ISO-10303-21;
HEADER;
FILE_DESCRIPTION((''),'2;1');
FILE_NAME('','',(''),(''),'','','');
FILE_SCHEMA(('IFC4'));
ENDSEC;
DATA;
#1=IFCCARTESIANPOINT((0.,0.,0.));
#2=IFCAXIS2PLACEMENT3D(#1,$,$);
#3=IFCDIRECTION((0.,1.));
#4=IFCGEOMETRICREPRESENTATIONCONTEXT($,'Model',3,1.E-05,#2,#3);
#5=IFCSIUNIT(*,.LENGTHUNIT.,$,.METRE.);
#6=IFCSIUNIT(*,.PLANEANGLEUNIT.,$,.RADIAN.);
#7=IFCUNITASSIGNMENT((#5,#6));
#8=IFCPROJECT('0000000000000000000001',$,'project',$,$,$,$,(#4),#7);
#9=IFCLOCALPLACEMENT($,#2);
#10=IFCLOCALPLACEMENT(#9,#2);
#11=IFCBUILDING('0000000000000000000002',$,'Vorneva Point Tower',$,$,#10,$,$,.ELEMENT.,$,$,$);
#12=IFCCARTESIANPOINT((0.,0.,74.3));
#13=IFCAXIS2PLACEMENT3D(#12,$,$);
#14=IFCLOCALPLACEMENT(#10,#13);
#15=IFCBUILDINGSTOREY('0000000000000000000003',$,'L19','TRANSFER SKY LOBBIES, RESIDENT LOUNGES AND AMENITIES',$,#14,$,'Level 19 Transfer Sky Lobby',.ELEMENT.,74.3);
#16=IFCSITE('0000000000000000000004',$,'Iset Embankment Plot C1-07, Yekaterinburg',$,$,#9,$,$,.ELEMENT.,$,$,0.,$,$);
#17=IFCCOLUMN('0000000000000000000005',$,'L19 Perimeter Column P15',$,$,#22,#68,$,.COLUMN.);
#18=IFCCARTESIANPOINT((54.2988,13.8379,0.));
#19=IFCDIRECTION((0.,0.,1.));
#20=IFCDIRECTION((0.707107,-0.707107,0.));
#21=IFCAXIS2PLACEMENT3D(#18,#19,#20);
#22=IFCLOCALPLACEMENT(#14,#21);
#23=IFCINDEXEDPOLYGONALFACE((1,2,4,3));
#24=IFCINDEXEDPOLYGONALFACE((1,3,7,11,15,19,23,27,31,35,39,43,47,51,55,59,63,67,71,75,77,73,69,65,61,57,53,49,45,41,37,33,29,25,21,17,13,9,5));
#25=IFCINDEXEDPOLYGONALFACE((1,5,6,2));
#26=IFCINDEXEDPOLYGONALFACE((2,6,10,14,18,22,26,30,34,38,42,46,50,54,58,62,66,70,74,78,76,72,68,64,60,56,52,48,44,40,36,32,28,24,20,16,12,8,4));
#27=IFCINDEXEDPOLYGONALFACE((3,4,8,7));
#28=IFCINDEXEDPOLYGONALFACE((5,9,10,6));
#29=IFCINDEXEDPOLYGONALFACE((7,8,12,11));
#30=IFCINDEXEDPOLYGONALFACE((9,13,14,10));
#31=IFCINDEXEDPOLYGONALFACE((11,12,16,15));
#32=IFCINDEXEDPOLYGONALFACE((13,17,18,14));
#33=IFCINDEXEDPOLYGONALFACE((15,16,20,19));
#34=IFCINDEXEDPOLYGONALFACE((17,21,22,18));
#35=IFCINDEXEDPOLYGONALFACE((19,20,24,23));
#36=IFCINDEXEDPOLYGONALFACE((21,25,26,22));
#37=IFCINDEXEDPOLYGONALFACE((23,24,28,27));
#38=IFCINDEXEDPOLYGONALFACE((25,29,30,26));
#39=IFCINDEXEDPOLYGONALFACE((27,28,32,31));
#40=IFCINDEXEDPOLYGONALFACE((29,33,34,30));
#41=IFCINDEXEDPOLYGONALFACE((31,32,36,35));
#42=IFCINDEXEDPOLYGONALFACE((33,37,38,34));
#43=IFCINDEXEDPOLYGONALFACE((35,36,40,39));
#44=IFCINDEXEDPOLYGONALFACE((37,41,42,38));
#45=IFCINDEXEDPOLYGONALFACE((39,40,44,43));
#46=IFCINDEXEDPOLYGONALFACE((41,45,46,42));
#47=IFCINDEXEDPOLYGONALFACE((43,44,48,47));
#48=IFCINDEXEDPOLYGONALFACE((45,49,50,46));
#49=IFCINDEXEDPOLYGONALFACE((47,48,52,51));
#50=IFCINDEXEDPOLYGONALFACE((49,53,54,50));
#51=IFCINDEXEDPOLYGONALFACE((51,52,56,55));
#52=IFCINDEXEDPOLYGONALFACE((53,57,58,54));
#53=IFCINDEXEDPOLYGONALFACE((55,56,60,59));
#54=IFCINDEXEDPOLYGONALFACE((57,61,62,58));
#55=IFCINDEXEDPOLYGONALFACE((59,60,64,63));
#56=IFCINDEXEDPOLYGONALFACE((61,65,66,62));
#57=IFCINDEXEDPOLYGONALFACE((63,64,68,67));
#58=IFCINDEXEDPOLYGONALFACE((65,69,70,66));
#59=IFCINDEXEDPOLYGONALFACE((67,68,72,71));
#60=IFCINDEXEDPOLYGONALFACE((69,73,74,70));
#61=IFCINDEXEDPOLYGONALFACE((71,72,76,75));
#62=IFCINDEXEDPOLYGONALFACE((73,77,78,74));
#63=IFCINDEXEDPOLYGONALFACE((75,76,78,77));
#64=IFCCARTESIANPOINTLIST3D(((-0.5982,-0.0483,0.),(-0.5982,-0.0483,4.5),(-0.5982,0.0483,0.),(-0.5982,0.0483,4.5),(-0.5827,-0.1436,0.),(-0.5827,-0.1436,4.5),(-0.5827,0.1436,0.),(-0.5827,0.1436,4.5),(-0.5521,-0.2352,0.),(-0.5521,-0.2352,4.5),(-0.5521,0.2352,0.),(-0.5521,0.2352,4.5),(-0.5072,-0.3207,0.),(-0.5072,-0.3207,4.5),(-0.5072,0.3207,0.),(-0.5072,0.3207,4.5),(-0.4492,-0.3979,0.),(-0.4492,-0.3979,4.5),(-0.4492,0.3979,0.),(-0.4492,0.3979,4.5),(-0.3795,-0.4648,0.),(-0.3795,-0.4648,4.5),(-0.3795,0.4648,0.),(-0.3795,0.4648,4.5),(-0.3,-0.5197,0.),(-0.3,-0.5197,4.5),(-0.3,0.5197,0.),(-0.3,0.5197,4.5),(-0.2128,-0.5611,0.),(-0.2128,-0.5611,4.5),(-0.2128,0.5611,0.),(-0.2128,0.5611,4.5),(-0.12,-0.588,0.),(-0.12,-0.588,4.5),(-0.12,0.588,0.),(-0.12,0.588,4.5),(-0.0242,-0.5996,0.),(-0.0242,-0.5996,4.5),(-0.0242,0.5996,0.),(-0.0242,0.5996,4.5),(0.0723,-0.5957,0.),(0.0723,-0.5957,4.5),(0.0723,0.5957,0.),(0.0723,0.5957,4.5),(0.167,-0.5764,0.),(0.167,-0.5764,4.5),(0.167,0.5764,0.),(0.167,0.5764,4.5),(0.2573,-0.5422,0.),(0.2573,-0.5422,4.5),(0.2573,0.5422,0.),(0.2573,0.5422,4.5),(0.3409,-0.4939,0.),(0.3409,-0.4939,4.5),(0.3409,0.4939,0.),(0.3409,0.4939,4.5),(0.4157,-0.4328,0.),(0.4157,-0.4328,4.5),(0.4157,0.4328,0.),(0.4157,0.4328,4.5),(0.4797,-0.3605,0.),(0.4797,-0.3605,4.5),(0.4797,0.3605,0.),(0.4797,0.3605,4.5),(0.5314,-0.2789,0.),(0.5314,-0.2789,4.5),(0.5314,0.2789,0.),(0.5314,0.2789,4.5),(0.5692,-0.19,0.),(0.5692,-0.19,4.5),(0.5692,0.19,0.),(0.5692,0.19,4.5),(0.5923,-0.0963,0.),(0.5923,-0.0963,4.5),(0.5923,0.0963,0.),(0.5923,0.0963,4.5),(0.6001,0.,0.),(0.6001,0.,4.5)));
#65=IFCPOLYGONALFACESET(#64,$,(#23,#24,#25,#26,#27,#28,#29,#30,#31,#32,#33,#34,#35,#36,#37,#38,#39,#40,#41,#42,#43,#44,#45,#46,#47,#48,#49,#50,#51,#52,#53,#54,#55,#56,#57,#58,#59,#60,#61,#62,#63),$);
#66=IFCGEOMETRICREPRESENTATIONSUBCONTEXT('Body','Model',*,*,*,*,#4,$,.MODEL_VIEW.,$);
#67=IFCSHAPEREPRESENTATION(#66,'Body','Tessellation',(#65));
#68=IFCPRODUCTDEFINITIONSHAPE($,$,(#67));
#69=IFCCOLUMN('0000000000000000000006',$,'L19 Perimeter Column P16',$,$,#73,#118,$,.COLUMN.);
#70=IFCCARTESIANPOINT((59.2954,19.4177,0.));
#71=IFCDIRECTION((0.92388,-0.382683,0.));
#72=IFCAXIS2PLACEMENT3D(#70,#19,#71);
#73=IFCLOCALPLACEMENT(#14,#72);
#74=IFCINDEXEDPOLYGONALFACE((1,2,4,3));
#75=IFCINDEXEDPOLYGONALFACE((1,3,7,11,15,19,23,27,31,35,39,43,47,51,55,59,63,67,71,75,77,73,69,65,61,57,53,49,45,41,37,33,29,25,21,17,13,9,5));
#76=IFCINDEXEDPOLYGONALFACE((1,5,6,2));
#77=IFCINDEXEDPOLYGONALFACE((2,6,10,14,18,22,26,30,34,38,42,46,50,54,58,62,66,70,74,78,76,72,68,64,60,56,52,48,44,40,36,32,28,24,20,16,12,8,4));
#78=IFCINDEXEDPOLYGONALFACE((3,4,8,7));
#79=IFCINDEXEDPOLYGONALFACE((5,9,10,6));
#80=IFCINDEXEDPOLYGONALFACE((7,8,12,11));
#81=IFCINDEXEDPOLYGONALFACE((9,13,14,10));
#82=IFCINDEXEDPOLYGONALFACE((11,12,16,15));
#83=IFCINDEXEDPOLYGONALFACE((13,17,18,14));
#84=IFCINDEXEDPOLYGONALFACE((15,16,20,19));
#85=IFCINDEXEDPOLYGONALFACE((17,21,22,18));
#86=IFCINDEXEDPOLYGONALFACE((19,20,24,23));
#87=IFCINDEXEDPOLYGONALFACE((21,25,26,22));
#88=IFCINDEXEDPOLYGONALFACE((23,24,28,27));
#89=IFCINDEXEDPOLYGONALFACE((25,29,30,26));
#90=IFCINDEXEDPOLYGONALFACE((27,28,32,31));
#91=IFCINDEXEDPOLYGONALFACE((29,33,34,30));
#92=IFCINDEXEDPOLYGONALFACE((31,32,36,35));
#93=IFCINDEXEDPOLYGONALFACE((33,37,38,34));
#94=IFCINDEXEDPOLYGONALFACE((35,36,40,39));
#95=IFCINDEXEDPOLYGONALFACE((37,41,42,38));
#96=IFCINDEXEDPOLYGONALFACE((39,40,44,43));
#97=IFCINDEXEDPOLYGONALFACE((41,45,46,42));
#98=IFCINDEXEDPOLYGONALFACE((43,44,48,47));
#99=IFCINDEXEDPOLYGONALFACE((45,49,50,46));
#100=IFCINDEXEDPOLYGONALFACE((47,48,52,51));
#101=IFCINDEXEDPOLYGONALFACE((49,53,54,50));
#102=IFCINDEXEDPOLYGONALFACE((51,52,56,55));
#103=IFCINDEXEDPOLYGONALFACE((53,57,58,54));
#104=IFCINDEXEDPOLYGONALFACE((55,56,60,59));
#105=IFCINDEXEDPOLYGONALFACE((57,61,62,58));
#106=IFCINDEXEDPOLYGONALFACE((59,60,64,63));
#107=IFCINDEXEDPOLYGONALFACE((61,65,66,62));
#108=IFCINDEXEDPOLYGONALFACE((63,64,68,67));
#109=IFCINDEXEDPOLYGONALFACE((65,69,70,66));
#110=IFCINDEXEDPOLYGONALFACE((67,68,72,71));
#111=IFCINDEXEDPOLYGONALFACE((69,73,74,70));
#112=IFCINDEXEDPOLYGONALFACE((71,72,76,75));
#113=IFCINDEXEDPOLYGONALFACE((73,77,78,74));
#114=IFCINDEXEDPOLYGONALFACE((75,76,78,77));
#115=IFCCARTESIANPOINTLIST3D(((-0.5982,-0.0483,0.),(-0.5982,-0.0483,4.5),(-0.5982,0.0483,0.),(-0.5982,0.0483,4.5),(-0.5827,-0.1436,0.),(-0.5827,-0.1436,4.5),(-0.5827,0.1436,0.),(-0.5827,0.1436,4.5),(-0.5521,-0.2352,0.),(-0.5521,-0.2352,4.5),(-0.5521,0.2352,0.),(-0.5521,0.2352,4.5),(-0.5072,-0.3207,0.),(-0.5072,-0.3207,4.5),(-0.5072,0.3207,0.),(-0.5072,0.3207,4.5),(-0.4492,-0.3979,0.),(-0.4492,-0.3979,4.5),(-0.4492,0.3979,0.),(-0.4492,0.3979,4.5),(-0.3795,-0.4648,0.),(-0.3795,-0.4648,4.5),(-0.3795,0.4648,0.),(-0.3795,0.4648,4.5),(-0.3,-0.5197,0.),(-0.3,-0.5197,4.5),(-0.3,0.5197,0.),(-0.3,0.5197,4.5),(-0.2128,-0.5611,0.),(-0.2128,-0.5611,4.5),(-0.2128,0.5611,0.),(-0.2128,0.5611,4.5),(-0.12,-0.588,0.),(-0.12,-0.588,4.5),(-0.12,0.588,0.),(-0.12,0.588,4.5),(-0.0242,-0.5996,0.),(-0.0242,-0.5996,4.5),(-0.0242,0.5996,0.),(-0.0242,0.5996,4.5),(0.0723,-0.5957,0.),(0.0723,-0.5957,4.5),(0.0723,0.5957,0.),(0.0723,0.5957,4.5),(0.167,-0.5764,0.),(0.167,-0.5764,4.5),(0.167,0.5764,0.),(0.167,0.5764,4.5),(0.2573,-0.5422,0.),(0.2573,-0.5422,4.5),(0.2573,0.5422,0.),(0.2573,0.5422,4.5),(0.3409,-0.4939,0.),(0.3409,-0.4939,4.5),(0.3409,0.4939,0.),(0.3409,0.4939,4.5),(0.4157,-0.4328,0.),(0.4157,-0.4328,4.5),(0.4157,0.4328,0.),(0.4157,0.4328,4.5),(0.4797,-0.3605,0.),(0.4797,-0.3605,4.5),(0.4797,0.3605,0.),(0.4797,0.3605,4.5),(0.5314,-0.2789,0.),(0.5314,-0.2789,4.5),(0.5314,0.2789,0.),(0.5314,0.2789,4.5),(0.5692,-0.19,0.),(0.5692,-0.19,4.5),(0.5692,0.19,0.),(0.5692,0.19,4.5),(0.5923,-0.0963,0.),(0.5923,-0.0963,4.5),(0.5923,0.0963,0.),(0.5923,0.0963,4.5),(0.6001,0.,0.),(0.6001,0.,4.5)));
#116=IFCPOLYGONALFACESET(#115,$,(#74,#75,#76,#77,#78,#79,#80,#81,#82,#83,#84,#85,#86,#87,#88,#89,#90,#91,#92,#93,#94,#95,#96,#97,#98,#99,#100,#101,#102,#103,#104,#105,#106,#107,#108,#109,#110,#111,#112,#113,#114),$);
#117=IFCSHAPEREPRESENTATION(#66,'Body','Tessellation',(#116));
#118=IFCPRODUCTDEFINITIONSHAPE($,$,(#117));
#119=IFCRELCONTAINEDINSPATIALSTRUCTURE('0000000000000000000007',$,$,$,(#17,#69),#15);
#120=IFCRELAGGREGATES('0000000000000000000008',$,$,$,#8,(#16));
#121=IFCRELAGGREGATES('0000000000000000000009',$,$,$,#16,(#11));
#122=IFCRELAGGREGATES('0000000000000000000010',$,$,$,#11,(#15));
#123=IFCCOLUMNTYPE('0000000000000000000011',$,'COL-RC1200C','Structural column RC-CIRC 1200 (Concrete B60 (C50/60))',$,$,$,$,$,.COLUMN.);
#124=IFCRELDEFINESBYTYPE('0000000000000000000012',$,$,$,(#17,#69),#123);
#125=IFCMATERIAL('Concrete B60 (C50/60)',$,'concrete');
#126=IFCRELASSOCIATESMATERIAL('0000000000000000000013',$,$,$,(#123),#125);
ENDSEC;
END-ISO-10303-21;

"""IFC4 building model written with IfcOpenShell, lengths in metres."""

from ifc_helpers import new_model, si_unit, direction, frame, origin, origin_2d, place, context, subcontext, project, spatial, circle, extrude, material, material_profile, profile_set, type_object, element, save


model = new_model("IFC4")

# Units and contexts
model_context = context("Model", 3, precision=1e-05, world=origin(), true_north=direction((0.0, 1.0)))
body_context = subcontext(model_context, "Body", "Model", "MODEL_VIEW")
ifc_project = project(units=[si_unit("LENGTHUNIT", "METRE"), si_unit("PLANEANGLEUNIT", "RADIAN")], contexts=[model_context])

# Site, building, storey
site_placement = place(None, origin())
site = spatial("IfcSite", under=ifc_project, at=site_placement, Name="Iset Embankment Plot C1-07, Yekaterinburg", CompositionType="ELEMENT", RefElevation=0.0)
building_placement = place(site_placement, origin())
building = spatial("IfcBuilding", under=site, at=building_placement, Name="Vorneva Point Tower", CompositionType="ELEMENT")
storey_placement = place(building_placement, frame((0.0, 0.0, 74.3)))
storey = spatial("IfcBuildingStorey", under=building, at=storey_placement, Name="L19", Description="TRANSFER SKY LOBBIES, RESIDENT LOUNGES AND AMENITIES", LongName="Level 19 Transfer Sky Lobby", CompositionType="ELEMENT", Elevation=74.3)

# Columns
ifc_material_1 = material(Name="Concrete B60 (C50/60)", Category="concrete")
ifc_material_profile_1 = material_profile(ifc_material_1, circle(Radius=0.6001, at=origin_2d()), Name="RC-CIRC 1200")
ifc_profile_set_1 = profile_set([ifc_material_profile_1], Name="Concrete B60 (C50/60)")
column_type = type_object("IfcColumnType", Name="COL-RC1200C", Description="Structural column RC-CIRC 1200 (Concrete B60 (C50/60))", PredefinedType="COLUMN", material=ifc_profile_set_1)
for number, where, z_axis, x_axis, name in (
    (1, (54.2988, 13.8379, 0.0), (0.0, 0.0, 1.0), (0.707107, -0.707107, 0.0), "L19 Perimeter Column P15"),
    (2, (59.2954, 19.4177, 0.0), (0.0, 0.0, 1.0), (0.92388, -0.382683, 0.0), "L19 Perimeter Column P16"),
):
    element("IfcColumn", number, at=place(storey_placement, frame(where, z_axis=z_axis, x_axis=x_axis)), inside=storey, type_object=column_type, Name=name, PredefinedType="COLUMN", context=body_context, shape_type="SweptSolid", body=[
        extrude(circle(Radius=0.6001, at=origin_2d()), origin(), (0.0, 0.0, 1.0), 4.5),
    ])

save(model, "model.ifc")
